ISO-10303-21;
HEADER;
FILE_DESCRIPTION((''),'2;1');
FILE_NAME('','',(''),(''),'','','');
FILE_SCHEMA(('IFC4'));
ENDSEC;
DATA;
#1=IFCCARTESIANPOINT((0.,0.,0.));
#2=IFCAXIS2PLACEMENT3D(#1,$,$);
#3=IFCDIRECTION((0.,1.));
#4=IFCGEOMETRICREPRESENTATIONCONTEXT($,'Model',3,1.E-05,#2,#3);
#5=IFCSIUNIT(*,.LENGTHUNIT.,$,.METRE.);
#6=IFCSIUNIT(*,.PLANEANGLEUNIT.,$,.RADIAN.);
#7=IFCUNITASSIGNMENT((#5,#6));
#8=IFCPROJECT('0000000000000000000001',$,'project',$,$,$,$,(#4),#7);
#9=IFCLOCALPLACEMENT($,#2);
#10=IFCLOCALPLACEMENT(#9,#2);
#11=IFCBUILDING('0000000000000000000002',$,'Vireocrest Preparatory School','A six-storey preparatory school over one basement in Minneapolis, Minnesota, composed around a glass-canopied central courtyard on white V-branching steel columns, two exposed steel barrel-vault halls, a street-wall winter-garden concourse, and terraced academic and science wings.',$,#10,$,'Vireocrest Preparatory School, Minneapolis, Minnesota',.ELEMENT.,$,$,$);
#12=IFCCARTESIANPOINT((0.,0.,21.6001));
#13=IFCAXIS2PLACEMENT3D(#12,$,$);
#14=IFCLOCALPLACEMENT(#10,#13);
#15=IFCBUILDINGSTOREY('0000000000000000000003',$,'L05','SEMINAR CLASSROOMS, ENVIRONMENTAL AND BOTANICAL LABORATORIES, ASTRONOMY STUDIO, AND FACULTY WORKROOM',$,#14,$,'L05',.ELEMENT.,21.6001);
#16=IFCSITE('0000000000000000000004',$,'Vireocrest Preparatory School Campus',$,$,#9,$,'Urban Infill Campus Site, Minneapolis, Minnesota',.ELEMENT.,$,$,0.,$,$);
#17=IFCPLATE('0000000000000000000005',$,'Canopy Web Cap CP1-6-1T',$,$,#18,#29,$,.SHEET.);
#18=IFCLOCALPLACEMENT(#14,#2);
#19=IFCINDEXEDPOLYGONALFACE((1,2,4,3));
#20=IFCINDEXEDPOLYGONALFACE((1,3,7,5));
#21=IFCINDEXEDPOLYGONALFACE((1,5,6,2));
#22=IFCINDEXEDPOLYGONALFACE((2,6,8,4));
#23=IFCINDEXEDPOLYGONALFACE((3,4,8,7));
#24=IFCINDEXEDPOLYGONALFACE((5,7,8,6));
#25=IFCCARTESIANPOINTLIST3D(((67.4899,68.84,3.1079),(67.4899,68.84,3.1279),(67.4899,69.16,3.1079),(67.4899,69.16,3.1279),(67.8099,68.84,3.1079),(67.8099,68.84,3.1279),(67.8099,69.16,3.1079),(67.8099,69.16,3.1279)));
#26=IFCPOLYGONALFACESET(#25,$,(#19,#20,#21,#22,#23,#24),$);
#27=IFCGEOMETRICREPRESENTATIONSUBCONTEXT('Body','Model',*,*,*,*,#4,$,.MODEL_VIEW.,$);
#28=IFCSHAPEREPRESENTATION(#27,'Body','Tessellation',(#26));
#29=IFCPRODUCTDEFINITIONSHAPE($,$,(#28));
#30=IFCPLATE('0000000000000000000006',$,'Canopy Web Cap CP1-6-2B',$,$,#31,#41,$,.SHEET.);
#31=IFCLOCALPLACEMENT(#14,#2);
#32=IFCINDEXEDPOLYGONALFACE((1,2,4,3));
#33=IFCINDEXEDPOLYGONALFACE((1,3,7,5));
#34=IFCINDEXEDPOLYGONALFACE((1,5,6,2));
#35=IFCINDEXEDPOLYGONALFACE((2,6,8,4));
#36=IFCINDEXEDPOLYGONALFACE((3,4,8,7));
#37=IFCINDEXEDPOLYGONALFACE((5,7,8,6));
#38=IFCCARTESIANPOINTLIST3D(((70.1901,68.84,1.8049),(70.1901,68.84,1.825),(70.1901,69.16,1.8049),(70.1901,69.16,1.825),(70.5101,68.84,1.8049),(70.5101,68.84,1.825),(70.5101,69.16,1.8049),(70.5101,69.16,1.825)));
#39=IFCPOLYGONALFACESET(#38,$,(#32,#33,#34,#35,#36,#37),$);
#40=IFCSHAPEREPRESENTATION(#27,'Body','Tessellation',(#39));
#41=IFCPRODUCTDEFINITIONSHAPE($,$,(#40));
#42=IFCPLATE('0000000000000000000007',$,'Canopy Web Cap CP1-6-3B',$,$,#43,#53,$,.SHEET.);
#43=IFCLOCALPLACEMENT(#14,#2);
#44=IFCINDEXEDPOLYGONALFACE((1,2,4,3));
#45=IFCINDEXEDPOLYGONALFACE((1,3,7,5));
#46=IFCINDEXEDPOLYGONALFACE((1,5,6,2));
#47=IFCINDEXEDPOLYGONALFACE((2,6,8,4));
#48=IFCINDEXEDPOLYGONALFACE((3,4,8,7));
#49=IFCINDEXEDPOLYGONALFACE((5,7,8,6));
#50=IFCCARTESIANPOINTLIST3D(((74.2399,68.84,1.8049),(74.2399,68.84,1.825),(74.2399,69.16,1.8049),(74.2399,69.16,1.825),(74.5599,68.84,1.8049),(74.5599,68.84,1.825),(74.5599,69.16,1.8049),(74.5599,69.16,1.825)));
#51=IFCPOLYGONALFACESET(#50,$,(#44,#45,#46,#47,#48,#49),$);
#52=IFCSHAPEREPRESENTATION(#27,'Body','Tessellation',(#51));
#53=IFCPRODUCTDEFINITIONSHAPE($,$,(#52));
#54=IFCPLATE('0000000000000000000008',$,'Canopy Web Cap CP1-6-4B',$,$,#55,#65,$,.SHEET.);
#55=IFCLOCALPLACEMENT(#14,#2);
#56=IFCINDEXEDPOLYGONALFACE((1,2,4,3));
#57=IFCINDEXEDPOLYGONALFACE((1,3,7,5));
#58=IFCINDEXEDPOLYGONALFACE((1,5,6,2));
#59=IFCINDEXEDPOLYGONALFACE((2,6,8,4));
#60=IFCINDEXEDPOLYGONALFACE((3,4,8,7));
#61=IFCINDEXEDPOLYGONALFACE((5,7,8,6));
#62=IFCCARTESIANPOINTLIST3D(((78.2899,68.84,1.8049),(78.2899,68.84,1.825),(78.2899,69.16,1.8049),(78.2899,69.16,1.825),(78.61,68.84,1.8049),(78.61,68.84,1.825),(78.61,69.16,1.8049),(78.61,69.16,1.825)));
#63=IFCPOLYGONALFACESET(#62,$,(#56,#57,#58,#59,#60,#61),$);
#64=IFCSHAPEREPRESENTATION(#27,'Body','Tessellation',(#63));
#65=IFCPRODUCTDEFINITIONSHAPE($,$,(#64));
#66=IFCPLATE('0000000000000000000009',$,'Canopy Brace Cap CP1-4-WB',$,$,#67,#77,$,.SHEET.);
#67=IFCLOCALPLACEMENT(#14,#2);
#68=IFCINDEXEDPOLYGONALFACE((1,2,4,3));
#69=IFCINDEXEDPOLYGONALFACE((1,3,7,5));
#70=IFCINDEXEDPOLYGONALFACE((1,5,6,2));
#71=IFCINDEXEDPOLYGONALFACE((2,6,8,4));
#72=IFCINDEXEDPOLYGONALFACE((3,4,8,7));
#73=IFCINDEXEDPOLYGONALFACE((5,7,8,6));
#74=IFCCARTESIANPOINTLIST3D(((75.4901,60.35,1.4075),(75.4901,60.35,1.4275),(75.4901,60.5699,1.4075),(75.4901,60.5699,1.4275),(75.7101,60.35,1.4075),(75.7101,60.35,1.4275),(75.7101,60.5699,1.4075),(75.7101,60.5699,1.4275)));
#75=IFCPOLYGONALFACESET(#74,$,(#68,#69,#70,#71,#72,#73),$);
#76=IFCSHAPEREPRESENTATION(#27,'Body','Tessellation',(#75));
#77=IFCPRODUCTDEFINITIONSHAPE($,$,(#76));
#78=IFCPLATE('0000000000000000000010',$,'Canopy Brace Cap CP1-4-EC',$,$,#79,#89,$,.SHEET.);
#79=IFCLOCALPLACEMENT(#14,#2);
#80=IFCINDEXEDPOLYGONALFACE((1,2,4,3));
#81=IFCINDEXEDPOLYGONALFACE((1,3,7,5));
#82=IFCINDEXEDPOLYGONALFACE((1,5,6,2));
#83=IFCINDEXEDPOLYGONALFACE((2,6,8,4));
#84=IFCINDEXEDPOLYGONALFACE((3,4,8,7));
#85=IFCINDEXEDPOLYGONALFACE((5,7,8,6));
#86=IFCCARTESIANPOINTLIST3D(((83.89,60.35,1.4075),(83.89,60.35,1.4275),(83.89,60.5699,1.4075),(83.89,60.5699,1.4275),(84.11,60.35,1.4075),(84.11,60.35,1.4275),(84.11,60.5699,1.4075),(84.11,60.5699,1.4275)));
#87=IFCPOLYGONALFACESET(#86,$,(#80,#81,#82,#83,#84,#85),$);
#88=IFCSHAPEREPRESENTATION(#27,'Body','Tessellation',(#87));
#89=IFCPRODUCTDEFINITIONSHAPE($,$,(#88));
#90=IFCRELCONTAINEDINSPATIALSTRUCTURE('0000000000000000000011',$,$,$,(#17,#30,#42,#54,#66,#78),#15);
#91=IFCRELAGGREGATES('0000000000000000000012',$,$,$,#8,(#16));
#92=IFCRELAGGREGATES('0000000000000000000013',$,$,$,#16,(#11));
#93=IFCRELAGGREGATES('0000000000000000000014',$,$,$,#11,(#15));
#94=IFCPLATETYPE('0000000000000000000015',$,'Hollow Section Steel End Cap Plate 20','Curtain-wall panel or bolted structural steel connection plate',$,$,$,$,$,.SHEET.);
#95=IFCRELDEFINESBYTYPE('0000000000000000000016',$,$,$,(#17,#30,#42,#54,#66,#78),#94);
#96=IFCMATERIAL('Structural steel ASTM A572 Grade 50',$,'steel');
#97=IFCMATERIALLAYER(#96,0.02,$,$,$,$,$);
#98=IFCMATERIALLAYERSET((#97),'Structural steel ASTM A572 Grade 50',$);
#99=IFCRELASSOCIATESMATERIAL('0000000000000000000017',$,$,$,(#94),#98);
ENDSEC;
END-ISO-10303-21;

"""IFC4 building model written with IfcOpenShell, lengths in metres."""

from ifc_helpers import new_model, si_unit, direction, frame, origin, origin_2d, place, context, subcontext, project, spatial, rectangle, extrude, material, layer, layer_set, type_object, element, save


model = new_model("IFC4")

# Units and contexts
model_context = context("Model", 3, precision=1e-05, world=origin(), true_north=direction((0.0, 1.0)))
body_context = subcontext(model_context, "Body", "Model", "MODEL_VIEW")
ifc_project = project(units=[si_unit("LENGTHUNIT", "METRE"), si_unit("PLANEANGLEUNIT", "RADIAN")], contexts=[model_context])

# Site, building, storey
site_placement = place(None, origin())
site = spatial("IfcSite", under=ifc_project, at=site_placement, Name="Vireocrest Preparatory School Campus", LongName="Urban Infill Campus Site, Minneapolis, Minnesota", CompositionType="ELEMENT", RefElevation=0.0)
building_placement = place(site_placement, origin())
building = spatial("IfcBuilding", under=site, at=building_placement, Name="Vireocrest Preparatory School", Description="A six-storey preparatory school over one basement in Minneapolis, Minnesota, composed around a glass-canopied central courtyard on white V-branching steel columns, two exposed steel barrel-vault halls, a street-wall winter-garden concourse, and terraced academic and science wings.", LongName="Vireocrest Preparatory School, Minneapolis, Minnesota", CompositionType="ELEMENT")
storey_placement = place(building_placement, frame((0.0, 0.0, 21.6001)))
storey = spatial("IfcBuildingStorey", under=building, at=storey_placement, Name="L05", Description="SEMINAR CLASSROOMS, ENVIRONMENTAL AND BOTANICAL LABORATORIES, ASTRONOMY STUDIO, AND FACULTY WORKROOM", LongName="L05", CompositionType="ELEMENT", Elevation=21.6001)

# Plates
ifc_material_1 = material(Name="Structural steel ASTM A572 Grade 50", Category="steel")
ifc_layer_1 = layer(ifc_material_1, 0.02)
ifc_layer_set_1 = layer_set([ifc_layer_1], Name="Structural steel ASTM A572 Grade 50")
plate_type_1 = type_object("IfcPlateType", Name="Hollow Section Steel End Cap Plate 20", Description="Curtain-wall panel or bolted structural steel connection plate", PredefinedType="SHEET", material=ifc_layer_set_1)
for number, where, z_axis, x_axis, name in (
    (1, (67.6499, 69.0, 3.1079), (0.0, 0.0, 1.0), (1.0, 0.0, 0.0), "Canopy Web Cap CP1-6-1T"),
    (2, (70.3501, 69.0, 1.8049), (0.0, 0.0, 1.0), (1.0, 0.0, 0.0), "Canopy Web Cap CP1-6-2B"),
    (3, (74.3999, 69.0, 1.8049), (0.0, 0.0, 1.0), (1.0, 0.0, 0.0), "Canopy Web Cap CP1-6-3B"),
    (4, (78.45, 69.0, 1.8049), (0.0, 0.0, 1.0), (1.0, 0.0, 0.0), "Canopy Web Cap CP1-6-4B"),
):
    element("IfcPlate", number, at=place(storey_placement, frame(where, z_axis=z_axis, x_axis=x_axis)), inside=storey, type_object=plate_type_1, Name=name, PredefinedType="SHEET", context=body_context, shape_type="SweptSolid", body=[
        extrude(rectangle(XDim=0.3201, YDim=0.3201, at=origin_2d()), origin(), (0.0, 0.0, 1.0), 0.02),
    ])
for number, where, z_axis, x_axis, name in (
    (5, (75.6001, 60.46, 1.4075), (0.0, 0.0, 1.0), (1.0, 0.0, 0.0), "Canopy Brace Cap CP1-4-WB"),
    (6, (84.0, 60.46, 1.4075), (0.0, 0.0, 1.0), (1.0, 0.0, 0.0), "Canopy Brace Cap CP1-4-EC"),
):
    element("IfcPlate", number, at=place(storey_placement, frame(where, z_axis=z_axis, x_axis=x_axis)), inside=storey, type_object=plate_type_1, Name=name, PredefinedType="SHEET", context=body_context, shape_type="SweptSolid", body=[
        extrude(rectangle(XDim=0.22, YDim=0.22, at=origin_2d()), origin(), (0.0, 0.0, 1.0), 0.02),
    ])

save(model, "model.ifc")
